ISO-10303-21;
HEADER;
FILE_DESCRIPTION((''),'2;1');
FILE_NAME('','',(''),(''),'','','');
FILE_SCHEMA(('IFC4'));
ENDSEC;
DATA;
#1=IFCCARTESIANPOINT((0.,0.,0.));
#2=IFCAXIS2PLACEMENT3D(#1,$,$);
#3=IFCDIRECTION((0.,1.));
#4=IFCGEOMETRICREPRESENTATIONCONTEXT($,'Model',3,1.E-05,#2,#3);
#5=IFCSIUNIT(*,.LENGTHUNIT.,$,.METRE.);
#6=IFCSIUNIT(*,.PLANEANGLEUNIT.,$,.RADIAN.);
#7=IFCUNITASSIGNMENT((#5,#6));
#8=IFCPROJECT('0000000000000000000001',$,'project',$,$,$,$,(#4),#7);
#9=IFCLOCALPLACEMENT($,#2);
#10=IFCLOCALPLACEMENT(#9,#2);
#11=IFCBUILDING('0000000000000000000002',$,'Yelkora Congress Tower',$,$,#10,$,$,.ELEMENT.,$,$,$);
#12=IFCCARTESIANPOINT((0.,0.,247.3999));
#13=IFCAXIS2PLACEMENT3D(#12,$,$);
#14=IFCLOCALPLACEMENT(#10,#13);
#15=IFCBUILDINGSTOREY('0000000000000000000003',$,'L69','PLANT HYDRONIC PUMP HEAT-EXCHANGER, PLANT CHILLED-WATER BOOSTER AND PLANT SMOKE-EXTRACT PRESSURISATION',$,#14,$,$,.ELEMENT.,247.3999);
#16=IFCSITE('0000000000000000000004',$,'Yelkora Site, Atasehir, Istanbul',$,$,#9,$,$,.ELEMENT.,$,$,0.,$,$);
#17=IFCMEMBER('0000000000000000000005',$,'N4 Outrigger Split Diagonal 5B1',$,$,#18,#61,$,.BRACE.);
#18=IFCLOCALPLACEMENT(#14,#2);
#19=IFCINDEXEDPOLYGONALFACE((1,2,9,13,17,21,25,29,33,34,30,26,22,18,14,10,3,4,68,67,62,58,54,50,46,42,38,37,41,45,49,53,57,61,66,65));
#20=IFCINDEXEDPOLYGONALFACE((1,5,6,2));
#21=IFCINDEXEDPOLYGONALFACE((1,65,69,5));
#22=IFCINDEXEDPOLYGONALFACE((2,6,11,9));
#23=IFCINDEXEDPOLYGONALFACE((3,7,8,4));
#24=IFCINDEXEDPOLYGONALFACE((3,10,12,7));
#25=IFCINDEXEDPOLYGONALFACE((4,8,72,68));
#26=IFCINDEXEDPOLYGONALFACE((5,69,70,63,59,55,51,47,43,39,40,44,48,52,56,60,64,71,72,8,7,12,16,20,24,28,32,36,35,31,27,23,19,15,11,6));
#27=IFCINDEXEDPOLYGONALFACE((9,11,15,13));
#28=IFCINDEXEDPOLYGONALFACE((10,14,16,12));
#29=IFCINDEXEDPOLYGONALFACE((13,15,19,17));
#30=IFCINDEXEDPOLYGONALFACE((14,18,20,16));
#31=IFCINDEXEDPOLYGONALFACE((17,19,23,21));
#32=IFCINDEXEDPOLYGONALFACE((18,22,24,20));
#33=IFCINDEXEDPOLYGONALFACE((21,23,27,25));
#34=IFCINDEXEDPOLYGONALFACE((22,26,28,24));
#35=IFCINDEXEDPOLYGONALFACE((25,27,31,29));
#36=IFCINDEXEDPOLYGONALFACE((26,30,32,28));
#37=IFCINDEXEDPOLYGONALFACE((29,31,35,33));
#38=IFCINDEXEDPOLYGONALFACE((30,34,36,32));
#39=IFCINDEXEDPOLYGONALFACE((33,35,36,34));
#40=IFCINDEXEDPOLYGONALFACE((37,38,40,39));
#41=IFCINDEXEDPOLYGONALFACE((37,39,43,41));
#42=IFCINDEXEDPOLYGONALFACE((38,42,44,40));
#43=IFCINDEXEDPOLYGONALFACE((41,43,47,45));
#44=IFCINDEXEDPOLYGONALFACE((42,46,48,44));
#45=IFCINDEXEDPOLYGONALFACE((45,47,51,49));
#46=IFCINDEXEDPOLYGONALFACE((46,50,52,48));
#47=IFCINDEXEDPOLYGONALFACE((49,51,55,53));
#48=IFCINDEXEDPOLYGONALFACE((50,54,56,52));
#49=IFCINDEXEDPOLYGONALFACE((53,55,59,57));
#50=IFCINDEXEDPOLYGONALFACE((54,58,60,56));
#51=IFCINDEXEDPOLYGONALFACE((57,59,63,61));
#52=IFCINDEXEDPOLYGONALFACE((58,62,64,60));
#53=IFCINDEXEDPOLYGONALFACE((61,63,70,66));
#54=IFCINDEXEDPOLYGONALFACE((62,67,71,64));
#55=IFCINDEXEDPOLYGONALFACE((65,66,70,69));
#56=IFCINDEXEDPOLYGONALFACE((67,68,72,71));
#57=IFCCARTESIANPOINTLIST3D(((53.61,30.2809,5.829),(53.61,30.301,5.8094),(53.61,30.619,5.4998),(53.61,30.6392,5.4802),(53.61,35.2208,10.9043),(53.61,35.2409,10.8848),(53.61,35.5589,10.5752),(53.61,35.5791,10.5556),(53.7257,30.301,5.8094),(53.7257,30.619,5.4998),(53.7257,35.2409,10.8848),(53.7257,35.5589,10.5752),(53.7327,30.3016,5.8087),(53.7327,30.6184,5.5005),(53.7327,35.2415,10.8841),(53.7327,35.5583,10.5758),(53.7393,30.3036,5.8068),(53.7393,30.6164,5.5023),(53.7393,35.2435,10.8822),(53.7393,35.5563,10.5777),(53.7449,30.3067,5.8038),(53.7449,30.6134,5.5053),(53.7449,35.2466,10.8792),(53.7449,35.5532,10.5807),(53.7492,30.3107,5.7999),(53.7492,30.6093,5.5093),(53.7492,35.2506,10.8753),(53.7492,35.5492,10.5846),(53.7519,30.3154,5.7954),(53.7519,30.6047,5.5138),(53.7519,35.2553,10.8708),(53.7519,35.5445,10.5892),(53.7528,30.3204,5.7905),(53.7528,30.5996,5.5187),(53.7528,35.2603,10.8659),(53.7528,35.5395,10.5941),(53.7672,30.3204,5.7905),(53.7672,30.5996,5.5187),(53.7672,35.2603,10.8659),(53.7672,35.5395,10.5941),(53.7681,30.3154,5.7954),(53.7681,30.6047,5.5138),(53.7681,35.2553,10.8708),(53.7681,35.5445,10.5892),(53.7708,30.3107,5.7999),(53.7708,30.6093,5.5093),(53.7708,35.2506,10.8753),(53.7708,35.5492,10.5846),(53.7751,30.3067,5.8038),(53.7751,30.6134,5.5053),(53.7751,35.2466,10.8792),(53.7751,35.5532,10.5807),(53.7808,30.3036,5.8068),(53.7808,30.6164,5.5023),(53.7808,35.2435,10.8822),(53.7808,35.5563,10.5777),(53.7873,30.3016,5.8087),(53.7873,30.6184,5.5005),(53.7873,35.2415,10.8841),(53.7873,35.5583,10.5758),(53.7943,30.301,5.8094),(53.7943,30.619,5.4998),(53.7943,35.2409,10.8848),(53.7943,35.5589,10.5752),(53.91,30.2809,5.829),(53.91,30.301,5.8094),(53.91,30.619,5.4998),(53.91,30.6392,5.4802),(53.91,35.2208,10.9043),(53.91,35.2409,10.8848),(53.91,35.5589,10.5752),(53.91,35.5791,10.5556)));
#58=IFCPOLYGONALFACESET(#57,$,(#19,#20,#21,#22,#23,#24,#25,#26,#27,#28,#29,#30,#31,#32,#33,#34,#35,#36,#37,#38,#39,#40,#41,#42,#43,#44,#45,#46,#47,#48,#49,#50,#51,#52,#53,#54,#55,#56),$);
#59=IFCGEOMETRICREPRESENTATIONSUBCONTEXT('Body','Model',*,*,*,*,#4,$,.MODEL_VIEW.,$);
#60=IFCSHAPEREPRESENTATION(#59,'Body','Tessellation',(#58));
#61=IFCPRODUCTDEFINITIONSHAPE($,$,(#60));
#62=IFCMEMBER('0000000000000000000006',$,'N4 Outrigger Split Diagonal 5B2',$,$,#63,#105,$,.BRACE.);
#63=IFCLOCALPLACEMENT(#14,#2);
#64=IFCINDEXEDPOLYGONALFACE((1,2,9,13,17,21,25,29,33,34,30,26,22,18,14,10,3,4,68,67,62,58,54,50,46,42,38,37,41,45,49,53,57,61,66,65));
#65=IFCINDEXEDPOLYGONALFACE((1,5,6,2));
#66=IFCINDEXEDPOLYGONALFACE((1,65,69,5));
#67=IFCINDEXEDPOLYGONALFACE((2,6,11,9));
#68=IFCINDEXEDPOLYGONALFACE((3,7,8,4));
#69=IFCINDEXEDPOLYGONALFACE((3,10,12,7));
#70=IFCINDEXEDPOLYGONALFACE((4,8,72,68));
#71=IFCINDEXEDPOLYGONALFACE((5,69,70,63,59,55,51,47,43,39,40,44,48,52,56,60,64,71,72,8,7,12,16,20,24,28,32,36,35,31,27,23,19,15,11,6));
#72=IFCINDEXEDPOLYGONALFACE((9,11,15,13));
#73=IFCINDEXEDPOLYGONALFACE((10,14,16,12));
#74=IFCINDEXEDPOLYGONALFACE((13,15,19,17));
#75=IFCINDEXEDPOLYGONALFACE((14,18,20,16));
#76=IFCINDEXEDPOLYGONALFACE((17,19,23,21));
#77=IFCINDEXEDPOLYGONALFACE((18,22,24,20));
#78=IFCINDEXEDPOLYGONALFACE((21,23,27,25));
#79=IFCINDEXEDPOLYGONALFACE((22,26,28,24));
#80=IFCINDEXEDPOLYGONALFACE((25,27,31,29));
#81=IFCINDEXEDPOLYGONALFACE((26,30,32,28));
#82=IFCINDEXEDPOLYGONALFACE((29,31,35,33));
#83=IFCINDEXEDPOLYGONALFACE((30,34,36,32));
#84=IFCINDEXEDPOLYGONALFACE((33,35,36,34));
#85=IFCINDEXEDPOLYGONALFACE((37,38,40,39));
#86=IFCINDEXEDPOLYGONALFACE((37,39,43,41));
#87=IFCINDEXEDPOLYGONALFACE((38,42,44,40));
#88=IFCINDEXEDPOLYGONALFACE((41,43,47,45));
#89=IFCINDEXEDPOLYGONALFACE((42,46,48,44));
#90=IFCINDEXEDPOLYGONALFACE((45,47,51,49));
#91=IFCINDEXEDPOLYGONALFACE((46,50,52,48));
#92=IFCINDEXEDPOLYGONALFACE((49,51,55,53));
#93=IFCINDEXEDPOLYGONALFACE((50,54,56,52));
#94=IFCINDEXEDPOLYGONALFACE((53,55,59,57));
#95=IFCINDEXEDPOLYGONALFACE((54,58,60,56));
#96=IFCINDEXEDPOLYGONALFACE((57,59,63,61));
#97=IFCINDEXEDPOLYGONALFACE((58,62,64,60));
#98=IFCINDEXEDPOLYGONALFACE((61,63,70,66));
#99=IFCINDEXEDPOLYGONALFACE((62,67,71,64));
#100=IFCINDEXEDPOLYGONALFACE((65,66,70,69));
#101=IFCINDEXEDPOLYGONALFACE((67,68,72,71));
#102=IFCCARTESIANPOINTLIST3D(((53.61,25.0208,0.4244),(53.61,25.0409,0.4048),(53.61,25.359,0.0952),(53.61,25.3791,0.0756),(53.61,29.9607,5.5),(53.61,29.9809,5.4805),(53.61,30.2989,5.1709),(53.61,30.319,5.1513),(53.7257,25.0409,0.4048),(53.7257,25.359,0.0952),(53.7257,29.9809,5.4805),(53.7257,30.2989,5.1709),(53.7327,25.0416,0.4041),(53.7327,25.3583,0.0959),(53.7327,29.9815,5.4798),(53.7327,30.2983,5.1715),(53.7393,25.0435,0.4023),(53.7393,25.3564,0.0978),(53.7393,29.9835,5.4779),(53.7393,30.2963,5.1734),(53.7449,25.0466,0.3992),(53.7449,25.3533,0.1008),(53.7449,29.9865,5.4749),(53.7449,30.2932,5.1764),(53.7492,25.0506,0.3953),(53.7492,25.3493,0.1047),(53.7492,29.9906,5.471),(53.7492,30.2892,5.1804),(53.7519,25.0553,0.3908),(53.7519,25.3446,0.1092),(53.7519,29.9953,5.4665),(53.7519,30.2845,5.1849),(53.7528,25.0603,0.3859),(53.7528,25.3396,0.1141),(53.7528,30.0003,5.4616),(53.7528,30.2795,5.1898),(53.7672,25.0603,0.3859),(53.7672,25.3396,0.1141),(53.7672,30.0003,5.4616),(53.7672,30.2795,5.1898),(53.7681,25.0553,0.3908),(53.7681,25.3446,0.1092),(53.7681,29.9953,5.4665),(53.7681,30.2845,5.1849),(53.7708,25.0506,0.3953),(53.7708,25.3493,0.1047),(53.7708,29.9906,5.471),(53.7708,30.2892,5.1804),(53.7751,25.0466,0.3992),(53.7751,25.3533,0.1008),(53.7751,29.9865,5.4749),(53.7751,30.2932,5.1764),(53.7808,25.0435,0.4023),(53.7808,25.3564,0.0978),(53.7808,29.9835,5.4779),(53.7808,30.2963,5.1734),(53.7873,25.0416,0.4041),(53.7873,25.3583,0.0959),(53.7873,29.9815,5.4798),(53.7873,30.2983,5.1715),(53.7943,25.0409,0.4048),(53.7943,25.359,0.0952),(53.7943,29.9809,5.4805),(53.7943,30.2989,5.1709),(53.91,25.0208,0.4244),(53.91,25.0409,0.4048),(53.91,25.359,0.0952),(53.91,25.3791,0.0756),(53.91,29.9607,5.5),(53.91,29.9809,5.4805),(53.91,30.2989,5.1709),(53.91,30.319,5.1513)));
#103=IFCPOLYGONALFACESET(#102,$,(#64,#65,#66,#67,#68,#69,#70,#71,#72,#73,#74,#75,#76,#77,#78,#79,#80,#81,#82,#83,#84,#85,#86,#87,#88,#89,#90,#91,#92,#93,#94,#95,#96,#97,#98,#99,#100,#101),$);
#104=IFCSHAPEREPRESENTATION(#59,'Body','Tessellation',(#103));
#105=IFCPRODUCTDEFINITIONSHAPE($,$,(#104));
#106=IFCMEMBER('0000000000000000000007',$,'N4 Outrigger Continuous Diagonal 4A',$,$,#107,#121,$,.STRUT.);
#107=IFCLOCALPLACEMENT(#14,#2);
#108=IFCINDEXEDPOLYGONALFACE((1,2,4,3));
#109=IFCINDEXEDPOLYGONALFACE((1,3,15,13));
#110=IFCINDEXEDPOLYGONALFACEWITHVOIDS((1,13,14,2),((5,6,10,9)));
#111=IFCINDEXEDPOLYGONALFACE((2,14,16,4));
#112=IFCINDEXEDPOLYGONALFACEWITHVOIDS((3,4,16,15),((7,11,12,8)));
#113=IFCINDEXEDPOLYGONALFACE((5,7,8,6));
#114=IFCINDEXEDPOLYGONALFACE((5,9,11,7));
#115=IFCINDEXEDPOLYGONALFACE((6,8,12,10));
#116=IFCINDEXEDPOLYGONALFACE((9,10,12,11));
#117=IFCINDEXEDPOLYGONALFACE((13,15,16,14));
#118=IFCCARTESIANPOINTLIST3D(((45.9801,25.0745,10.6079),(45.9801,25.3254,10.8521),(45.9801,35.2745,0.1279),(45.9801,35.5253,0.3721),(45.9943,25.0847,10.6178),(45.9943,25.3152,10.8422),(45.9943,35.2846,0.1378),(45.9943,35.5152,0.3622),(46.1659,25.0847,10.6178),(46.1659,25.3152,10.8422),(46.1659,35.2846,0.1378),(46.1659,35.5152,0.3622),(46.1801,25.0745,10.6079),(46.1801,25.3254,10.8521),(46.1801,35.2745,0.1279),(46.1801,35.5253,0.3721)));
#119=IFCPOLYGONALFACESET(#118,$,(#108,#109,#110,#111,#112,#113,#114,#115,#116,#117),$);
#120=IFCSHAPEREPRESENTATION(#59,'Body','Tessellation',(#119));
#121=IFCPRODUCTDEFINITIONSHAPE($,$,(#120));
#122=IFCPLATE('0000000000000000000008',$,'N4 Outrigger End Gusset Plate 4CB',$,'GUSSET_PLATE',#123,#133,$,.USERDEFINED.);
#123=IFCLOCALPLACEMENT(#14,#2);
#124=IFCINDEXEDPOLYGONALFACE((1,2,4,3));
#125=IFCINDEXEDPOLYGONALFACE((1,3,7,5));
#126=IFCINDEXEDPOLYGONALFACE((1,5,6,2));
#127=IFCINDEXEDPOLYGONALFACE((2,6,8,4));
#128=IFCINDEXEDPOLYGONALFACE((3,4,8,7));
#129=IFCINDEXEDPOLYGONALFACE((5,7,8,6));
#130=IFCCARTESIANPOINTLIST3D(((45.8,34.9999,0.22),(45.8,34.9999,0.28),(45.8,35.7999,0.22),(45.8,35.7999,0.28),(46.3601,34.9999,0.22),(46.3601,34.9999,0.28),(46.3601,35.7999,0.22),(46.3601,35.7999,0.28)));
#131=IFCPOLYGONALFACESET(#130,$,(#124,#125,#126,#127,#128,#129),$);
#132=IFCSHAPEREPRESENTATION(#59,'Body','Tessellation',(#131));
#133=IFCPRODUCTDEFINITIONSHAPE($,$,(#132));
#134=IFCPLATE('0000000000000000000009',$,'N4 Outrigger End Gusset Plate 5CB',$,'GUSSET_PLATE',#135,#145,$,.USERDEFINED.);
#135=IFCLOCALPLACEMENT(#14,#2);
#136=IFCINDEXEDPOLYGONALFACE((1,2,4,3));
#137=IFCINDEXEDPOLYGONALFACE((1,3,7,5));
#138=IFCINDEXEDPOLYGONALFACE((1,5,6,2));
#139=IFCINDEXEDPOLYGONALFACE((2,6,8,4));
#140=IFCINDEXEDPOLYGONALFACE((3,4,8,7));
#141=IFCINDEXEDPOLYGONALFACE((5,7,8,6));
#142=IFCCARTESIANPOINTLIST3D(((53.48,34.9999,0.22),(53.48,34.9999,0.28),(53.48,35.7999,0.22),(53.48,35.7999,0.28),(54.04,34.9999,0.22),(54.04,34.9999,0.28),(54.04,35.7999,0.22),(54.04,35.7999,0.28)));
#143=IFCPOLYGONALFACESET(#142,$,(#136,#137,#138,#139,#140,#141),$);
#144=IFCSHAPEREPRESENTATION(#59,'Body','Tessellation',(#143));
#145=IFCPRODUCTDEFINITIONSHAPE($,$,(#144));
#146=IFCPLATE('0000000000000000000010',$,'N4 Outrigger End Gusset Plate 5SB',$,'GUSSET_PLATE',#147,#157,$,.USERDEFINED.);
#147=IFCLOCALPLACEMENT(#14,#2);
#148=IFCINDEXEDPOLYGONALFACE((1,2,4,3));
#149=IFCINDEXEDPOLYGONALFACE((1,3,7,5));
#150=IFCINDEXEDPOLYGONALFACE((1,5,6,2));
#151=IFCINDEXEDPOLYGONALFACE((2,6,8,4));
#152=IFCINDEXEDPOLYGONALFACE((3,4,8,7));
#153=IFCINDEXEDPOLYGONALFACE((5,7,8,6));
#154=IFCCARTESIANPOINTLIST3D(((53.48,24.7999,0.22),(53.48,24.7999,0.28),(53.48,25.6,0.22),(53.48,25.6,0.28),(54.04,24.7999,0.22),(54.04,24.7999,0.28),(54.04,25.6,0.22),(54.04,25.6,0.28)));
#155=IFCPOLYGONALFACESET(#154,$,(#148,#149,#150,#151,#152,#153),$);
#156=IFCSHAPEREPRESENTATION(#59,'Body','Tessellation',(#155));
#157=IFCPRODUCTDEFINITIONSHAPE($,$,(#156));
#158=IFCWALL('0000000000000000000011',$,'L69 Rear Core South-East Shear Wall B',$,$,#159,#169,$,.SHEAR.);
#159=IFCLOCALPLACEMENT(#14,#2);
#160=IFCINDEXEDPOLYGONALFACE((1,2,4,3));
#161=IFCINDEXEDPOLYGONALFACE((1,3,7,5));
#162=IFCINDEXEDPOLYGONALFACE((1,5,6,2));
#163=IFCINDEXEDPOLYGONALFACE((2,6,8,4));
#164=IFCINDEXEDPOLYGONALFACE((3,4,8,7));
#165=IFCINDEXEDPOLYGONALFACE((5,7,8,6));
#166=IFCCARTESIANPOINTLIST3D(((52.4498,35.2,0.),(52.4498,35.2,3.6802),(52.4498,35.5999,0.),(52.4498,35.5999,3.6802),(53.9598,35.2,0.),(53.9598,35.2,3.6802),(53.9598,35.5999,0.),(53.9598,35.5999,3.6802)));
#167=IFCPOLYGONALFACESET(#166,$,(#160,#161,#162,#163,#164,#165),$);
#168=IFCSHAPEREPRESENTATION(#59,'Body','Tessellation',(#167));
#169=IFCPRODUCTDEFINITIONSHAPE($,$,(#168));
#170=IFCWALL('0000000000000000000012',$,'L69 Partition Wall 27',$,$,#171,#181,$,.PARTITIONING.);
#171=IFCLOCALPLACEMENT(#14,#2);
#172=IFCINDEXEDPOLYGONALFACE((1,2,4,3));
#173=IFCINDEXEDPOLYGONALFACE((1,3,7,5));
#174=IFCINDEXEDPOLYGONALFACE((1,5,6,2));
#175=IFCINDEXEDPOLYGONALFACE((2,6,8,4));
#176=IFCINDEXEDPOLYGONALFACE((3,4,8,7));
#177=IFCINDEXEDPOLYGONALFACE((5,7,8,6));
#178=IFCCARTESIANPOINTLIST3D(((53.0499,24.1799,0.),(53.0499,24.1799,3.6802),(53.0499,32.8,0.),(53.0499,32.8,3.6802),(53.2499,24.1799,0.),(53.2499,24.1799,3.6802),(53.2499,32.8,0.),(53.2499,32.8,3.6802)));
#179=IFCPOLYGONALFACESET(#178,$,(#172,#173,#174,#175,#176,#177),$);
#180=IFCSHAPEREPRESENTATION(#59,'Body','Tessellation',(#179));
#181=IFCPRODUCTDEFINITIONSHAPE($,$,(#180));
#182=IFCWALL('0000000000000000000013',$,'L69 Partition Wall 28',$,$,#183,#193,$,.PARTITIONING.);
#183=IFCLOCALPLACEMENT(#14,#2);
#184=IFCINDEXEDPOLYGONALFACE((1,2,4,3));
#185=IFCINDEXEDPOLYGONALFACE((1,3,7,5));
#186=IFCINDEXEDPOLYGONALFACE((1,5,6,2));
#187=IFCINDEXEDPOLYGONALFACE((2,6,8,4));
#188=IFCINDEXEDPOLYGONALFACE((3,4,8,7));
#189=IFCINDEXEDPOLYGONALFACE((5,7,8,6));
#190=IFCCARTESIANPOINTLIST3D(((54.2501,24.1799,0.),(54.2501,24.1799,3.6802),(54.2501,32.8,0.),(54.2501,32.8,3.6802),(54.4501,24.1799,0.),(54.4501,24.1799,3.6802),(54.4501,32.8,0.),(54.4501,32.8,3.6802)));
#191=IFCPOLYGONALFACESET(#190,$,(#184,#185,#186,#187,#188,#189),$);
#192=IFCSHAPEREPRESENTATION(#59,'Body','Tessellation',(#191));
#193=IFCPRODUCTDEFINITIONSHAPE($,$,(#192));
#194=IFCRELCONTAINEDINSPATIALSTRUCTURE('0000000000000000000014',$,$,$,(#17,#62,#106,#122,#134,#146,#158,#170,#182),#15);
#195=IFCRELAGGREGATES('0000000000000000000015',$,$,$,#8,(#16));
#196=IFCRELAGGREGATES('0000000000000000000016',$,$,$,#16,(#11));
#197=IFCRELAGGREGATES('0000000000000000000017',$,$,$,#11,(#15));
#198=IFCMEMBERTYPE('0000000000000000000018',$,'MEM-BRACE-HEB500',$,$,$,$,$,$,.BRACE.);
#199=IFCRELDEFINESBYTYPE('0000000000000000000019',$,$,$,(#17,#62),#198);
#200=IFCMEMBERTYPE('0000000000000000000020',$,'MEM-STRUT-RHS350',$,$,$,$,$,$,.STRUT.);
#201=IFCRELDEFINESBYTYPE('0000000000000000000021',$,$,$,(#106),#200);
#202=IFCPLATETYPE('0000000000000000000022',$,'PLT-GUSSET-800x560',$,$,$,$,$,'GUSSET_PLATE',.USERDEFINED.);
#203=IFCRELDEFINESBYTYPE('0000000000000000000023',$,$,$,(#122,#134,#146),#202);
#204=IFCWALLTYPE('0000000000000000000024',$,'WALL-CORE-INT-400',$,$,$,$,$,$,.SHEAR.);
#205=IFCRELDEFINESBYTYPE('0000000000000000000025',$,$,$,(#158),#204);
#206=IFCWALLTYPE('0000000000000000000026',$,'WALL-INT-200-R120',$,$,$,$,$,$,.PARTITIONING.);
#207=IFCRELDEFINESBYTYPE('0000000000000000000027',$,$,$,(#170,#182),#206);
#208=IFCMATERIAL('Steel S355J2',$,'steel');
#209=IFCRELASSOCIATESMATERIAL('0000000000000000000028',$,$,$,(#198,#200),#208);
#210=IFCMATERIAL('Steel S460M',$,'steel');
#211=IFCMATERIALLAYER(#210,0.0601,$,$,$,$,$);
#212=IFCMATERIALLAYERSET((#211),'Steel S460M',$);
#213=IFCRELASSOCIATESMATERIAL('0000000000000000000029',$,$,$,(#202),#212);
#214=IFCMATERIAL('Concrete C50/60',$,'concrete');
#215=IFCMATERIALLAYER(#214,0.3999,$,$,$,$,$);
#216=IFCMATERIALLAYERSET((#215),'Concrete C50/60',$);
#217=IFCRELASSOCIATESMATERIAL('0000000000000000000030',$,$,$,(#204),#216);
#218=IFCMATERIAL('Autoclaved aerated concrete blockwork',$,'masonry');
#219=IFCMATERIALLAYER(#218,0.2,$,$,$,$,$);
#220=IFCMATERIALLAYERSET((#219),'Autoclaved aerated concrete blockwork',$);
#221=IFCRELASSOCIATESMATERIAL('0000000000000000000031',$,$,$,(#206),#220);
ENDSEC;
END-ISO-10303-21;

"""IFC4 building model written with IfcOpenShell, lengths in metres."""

from ifc_helpers import new_model, si_unit, direction, frame, frame_2d, origin, origin_2d, place, context, subcontext, project, spatial, rectangle, hollow_rectangle, i_section, extrude, material, layer, layer_set, material_profile, profile_set, type_object, element, save


model = new_model("IFC4")

# Units and contexts
model_context = context("Model", 3, precision=1e-05, world=origin(), true_north=direction((0.0, 1.0)))
body_context = subcontext(model_context, "Body", "Model", "MODEL_VIEW")
ifc_project = project(units=[si_unit("LENGTHUNIT", "METRE"), si_unit("PLANEANGLEUNIT", "RADIAN")], contexts=[model_context])

# Site, building, storey
site_placement = place(None, origin())
site = spatial("IfcSite", under=ifc_project, at=site_placement, Name="Yelkora Site, Atasehir, Istanbul", CompositionType="ELEMENT", RefElevation=0.0)
building_placement = place(site_placement, origin())
building = spatial("IfcBuilding", under=site, at=building_placement, Name="Yelkora Congress Tower", CompositionType="ELEMENT")
storey_placement = place(building_placement, frame((0.0, 0.0, 247.3999)))
storey = spatial("IfcBuildingStorey", under=building, at=storey_placement, Name="L69", Description="PLANT HYDRONIC PUMP HEAT-EXCHANGER, PLANT CHILLED-WATER BOOSTER AND PLANT SMOKE-EXTRACT PRESSURISATION", CompositionType="ELEMENT", Elevation=247.3999)

# Shared definitions
ifc_material_1 = material(Name="Steel S460M", Category="steel")

# Members
ifc_material_2 = material(Name="Steel S355J2", Category="steel")
ifc_material_profile_1 = material_profile(ifc_material_2, i_section(OverallWidth=0.3, OverallDepth=0.5, WebThickness=0.0144, FlangeThickness=0.0281, FilletRadius=0.0271, at=origin_2d()), Name="HEB 500")
ifc_profile_set_1 = profile_set([ifc_material_profile_1], Name="Steel S355J2")
member_type_1 = type_object("IfcMemberType", Name="MEM-BRACE-HEB500", PredefinedType="BRACE", material=ifc_profile_set_1)
member_1_placement = place(storey_placement, frame((53.76, 35.3999, 10.73), z_axis=(0.0, -0.697477, -0.716608), x_axis=(1.0, 0.0, 0.0)))
element("IfcMember", 1, at=member_1_placement, inside=storey, type_object=member_type_1, Name="N4 Outrigger Split Diagonal 5B1", PredefinedType="BRACE", context=body_context, shape_type="SweptSolid", body=[
    extrude(i_section(OverallWidth=0.3, OverallDepth=0.5, WebThickness=0.0144, FlangeThickness=0.0281, FilletRadius=0.0271, at=origin_2d()), origin(), (0.0, 0.0, 1.0), 7.0825),
])
member_2_placement = place(storey_placement, frame((53.76, 30.1399, 5.3257), z_axis=(0.0, -0.697459, -0.716624), x_axis=(1.0, 0.0, 0.0)))
element("IfcMember", 2, at=member_2_placement, inside=storey, type_object=member_type_1, Name="N4 Outrigger Split Diagonal 5B2", PredefinedType="BRACE", context=body_context, shape_type="SweptSolid", body=[
    extrude(i_section(OverallWidth=0.3, OverallDepth=0.5, WebThickness=0.0144, FlangeThickness=0.0281, FilletRadius=0.0271, at=origin_2d()), origin(), (0.0, 0.0, 1.0), 7.0828),
])
ifc_material_profile_2 = material_profile(ifc_material_2, hollow_rectangle(XDim=0.2, YDim=0.3501, WallThickness=0.0142, at=origin_2d()), Name="RHS 350x200x14.2")
ifc_profile_set_2 = profile_set([ifc_material_profile_2], Name="Steel S355J2")
member_type_2 = type_object("IfcMemberType", Name="MEM-STRUT-RHS350", PredefinedType="STRUT", material=ifc_profile_set_2)
member_3_placement = place(storey_placement, frame((46.0801, 35.3999, 0.25), z_axis=(0.0, -0.697468, 0.716616), x_axis=(1.0, 0.0, 0.0)))
element("IfcMember", 3, at=member_3_placement, inside=storey, type_object=member_type_2, Name="N4 Outrigger Continuous Diagonal 4A", PredefinedType="STRUT", context=body_context, shape_type="SweptSolid", body=[
    extrude(hollow_rectangle(XDim=0.2, YDim=0.3501, WallThickness=0.0142, at=origin_2d()), origin(), (0.0, 0.0, 1.0), 14.6243),
])

# Plates
ifc_layer_1 = layer(ifc_material_1, 0.0601)
ifc_layer_set_1 = layer_set([ifc_layer_1], Name="Steel S460M")
plate_type = type_object("IfcPlateType", Name="PLT-GUSSET-800x560", ElementType="GUSSET_PLATE", PredefinedType="USERDEFINED", material=ifc_layer_set_1)
for number, where, z_axis, x_axis, name in (
    (4, (46.0801, 35.3999, 0.22), (0.0, 0.0, 1.0), (0.0, 1.0, 0.0), "N4 Outrigger End Gusset Plate 4CB"),
    (5, (53.76, 35.3999, 0.22), (0.0, 0.0, 1.0), (0.0, 1.0, 0.0), "N4 Outrigger End Gusset Plate 5CB"),
    (6, (53.76, 25.2, 0.22), (0.0, 0.0, 1.0), (0.0, 1.0, 0.0), "N4 Outrigger End Gusset Plate 5SB"),
):
    element("IfcPlate", number, at=place(storey_placement, frame(where, z_axis=z_axis, x_axis=x_axis)), inside=storey, type_object=plate_type, Name=name, ObjectType="GUSSET_PLATE", PredefinedType="USERDEFINED", context=body_context, shape_type="SweptSolid", body=[
        extrude(rectangle(XDim=0.8, YDim=0.5601, at=origin_2d()), origin(), (0.0, 0.0, 1.0), 0.0601),
    ])

# Wall
ifc_material_3 = material(Name="Concrete C50/60", Category="concrete")
ifc_layer_2 = layer(ifc_material_3, 0.3999)
ifc_layer_set_2 = layer_set([ifc_layer_2], Name="Concrete C50/60")
wall_type_1 = type_object("IfcWallType", Name="WALL-CORE-INT-400", PredefinedType="SHEAR", material=ifc_layer_set_2)
wall_1_placement = place(storey_placement, frame((52.45, 35.3999, 0.0), z_axis=(0.0, 0.0, 1.0), x_axis=(1.0, 0.0, 0.0)))
element("IfcWall", 7, at=wall_1_placement, inside=storey, type_object=wall_type_1, Name="L69 Rear Core South-East Shear Wall B", PredefinedType="SHEAR", context=body_context, shape_type="SweptSolid", body=[
    extrude(rectangle(XDim=1.51, YDim=0.3999, at=frame_2d((0.7549, 0.0))), origin(), (0.0, 0.0, 1.0), 3.6802),
])

# Shared definitions
ifc_material_4 = material(Name="Autoclaved aerated concrete blockwork", Category="masonry")
ifc_layer_3 = layer(ifc_material_4, 0.2)
ifc_layer_set_3 = layer_set([ifc_layer_3], Name="Autoclaved aerated concrete blockwork")
wall_type_2 = type_object("IfcWallType", Name="WALL-INT-200-R120", PredefinedType="PARTITIONING", material=ifc_layer_set_3)

# Walls
for number, where, z_axis, x_axis, name in (
    (8, (53.1499, 24.1799, 0.0), (0.0, 0.0, 1.0), (0.0, 1.0, 0.0), "L69 Partition Wall 27"),
    (9, (54.3501, 24.1799, 0.0), (0.0, 0.0, 1.0), (0.0, 1.0, 0.0), "L69 Partition Wall 28"),
):
    element("IfcWall", number, at=place(storey_placement, frame(where, z_axis=z_axis, x_axis=x_axis)), inside=storey, type_object=wall_type_2, Name=name, PredefinedType="PARTITIONING", context=body_context, shape_type="SweptSolid", body=[
        extrude(rectangle(XDim=8.6201, YDim=0.2, at=frame_2d((4.3101, 0.0))), origin(), (0.0, 0.0, 1.0), 3.6802),
    ])

save(model, "model.ifc")
